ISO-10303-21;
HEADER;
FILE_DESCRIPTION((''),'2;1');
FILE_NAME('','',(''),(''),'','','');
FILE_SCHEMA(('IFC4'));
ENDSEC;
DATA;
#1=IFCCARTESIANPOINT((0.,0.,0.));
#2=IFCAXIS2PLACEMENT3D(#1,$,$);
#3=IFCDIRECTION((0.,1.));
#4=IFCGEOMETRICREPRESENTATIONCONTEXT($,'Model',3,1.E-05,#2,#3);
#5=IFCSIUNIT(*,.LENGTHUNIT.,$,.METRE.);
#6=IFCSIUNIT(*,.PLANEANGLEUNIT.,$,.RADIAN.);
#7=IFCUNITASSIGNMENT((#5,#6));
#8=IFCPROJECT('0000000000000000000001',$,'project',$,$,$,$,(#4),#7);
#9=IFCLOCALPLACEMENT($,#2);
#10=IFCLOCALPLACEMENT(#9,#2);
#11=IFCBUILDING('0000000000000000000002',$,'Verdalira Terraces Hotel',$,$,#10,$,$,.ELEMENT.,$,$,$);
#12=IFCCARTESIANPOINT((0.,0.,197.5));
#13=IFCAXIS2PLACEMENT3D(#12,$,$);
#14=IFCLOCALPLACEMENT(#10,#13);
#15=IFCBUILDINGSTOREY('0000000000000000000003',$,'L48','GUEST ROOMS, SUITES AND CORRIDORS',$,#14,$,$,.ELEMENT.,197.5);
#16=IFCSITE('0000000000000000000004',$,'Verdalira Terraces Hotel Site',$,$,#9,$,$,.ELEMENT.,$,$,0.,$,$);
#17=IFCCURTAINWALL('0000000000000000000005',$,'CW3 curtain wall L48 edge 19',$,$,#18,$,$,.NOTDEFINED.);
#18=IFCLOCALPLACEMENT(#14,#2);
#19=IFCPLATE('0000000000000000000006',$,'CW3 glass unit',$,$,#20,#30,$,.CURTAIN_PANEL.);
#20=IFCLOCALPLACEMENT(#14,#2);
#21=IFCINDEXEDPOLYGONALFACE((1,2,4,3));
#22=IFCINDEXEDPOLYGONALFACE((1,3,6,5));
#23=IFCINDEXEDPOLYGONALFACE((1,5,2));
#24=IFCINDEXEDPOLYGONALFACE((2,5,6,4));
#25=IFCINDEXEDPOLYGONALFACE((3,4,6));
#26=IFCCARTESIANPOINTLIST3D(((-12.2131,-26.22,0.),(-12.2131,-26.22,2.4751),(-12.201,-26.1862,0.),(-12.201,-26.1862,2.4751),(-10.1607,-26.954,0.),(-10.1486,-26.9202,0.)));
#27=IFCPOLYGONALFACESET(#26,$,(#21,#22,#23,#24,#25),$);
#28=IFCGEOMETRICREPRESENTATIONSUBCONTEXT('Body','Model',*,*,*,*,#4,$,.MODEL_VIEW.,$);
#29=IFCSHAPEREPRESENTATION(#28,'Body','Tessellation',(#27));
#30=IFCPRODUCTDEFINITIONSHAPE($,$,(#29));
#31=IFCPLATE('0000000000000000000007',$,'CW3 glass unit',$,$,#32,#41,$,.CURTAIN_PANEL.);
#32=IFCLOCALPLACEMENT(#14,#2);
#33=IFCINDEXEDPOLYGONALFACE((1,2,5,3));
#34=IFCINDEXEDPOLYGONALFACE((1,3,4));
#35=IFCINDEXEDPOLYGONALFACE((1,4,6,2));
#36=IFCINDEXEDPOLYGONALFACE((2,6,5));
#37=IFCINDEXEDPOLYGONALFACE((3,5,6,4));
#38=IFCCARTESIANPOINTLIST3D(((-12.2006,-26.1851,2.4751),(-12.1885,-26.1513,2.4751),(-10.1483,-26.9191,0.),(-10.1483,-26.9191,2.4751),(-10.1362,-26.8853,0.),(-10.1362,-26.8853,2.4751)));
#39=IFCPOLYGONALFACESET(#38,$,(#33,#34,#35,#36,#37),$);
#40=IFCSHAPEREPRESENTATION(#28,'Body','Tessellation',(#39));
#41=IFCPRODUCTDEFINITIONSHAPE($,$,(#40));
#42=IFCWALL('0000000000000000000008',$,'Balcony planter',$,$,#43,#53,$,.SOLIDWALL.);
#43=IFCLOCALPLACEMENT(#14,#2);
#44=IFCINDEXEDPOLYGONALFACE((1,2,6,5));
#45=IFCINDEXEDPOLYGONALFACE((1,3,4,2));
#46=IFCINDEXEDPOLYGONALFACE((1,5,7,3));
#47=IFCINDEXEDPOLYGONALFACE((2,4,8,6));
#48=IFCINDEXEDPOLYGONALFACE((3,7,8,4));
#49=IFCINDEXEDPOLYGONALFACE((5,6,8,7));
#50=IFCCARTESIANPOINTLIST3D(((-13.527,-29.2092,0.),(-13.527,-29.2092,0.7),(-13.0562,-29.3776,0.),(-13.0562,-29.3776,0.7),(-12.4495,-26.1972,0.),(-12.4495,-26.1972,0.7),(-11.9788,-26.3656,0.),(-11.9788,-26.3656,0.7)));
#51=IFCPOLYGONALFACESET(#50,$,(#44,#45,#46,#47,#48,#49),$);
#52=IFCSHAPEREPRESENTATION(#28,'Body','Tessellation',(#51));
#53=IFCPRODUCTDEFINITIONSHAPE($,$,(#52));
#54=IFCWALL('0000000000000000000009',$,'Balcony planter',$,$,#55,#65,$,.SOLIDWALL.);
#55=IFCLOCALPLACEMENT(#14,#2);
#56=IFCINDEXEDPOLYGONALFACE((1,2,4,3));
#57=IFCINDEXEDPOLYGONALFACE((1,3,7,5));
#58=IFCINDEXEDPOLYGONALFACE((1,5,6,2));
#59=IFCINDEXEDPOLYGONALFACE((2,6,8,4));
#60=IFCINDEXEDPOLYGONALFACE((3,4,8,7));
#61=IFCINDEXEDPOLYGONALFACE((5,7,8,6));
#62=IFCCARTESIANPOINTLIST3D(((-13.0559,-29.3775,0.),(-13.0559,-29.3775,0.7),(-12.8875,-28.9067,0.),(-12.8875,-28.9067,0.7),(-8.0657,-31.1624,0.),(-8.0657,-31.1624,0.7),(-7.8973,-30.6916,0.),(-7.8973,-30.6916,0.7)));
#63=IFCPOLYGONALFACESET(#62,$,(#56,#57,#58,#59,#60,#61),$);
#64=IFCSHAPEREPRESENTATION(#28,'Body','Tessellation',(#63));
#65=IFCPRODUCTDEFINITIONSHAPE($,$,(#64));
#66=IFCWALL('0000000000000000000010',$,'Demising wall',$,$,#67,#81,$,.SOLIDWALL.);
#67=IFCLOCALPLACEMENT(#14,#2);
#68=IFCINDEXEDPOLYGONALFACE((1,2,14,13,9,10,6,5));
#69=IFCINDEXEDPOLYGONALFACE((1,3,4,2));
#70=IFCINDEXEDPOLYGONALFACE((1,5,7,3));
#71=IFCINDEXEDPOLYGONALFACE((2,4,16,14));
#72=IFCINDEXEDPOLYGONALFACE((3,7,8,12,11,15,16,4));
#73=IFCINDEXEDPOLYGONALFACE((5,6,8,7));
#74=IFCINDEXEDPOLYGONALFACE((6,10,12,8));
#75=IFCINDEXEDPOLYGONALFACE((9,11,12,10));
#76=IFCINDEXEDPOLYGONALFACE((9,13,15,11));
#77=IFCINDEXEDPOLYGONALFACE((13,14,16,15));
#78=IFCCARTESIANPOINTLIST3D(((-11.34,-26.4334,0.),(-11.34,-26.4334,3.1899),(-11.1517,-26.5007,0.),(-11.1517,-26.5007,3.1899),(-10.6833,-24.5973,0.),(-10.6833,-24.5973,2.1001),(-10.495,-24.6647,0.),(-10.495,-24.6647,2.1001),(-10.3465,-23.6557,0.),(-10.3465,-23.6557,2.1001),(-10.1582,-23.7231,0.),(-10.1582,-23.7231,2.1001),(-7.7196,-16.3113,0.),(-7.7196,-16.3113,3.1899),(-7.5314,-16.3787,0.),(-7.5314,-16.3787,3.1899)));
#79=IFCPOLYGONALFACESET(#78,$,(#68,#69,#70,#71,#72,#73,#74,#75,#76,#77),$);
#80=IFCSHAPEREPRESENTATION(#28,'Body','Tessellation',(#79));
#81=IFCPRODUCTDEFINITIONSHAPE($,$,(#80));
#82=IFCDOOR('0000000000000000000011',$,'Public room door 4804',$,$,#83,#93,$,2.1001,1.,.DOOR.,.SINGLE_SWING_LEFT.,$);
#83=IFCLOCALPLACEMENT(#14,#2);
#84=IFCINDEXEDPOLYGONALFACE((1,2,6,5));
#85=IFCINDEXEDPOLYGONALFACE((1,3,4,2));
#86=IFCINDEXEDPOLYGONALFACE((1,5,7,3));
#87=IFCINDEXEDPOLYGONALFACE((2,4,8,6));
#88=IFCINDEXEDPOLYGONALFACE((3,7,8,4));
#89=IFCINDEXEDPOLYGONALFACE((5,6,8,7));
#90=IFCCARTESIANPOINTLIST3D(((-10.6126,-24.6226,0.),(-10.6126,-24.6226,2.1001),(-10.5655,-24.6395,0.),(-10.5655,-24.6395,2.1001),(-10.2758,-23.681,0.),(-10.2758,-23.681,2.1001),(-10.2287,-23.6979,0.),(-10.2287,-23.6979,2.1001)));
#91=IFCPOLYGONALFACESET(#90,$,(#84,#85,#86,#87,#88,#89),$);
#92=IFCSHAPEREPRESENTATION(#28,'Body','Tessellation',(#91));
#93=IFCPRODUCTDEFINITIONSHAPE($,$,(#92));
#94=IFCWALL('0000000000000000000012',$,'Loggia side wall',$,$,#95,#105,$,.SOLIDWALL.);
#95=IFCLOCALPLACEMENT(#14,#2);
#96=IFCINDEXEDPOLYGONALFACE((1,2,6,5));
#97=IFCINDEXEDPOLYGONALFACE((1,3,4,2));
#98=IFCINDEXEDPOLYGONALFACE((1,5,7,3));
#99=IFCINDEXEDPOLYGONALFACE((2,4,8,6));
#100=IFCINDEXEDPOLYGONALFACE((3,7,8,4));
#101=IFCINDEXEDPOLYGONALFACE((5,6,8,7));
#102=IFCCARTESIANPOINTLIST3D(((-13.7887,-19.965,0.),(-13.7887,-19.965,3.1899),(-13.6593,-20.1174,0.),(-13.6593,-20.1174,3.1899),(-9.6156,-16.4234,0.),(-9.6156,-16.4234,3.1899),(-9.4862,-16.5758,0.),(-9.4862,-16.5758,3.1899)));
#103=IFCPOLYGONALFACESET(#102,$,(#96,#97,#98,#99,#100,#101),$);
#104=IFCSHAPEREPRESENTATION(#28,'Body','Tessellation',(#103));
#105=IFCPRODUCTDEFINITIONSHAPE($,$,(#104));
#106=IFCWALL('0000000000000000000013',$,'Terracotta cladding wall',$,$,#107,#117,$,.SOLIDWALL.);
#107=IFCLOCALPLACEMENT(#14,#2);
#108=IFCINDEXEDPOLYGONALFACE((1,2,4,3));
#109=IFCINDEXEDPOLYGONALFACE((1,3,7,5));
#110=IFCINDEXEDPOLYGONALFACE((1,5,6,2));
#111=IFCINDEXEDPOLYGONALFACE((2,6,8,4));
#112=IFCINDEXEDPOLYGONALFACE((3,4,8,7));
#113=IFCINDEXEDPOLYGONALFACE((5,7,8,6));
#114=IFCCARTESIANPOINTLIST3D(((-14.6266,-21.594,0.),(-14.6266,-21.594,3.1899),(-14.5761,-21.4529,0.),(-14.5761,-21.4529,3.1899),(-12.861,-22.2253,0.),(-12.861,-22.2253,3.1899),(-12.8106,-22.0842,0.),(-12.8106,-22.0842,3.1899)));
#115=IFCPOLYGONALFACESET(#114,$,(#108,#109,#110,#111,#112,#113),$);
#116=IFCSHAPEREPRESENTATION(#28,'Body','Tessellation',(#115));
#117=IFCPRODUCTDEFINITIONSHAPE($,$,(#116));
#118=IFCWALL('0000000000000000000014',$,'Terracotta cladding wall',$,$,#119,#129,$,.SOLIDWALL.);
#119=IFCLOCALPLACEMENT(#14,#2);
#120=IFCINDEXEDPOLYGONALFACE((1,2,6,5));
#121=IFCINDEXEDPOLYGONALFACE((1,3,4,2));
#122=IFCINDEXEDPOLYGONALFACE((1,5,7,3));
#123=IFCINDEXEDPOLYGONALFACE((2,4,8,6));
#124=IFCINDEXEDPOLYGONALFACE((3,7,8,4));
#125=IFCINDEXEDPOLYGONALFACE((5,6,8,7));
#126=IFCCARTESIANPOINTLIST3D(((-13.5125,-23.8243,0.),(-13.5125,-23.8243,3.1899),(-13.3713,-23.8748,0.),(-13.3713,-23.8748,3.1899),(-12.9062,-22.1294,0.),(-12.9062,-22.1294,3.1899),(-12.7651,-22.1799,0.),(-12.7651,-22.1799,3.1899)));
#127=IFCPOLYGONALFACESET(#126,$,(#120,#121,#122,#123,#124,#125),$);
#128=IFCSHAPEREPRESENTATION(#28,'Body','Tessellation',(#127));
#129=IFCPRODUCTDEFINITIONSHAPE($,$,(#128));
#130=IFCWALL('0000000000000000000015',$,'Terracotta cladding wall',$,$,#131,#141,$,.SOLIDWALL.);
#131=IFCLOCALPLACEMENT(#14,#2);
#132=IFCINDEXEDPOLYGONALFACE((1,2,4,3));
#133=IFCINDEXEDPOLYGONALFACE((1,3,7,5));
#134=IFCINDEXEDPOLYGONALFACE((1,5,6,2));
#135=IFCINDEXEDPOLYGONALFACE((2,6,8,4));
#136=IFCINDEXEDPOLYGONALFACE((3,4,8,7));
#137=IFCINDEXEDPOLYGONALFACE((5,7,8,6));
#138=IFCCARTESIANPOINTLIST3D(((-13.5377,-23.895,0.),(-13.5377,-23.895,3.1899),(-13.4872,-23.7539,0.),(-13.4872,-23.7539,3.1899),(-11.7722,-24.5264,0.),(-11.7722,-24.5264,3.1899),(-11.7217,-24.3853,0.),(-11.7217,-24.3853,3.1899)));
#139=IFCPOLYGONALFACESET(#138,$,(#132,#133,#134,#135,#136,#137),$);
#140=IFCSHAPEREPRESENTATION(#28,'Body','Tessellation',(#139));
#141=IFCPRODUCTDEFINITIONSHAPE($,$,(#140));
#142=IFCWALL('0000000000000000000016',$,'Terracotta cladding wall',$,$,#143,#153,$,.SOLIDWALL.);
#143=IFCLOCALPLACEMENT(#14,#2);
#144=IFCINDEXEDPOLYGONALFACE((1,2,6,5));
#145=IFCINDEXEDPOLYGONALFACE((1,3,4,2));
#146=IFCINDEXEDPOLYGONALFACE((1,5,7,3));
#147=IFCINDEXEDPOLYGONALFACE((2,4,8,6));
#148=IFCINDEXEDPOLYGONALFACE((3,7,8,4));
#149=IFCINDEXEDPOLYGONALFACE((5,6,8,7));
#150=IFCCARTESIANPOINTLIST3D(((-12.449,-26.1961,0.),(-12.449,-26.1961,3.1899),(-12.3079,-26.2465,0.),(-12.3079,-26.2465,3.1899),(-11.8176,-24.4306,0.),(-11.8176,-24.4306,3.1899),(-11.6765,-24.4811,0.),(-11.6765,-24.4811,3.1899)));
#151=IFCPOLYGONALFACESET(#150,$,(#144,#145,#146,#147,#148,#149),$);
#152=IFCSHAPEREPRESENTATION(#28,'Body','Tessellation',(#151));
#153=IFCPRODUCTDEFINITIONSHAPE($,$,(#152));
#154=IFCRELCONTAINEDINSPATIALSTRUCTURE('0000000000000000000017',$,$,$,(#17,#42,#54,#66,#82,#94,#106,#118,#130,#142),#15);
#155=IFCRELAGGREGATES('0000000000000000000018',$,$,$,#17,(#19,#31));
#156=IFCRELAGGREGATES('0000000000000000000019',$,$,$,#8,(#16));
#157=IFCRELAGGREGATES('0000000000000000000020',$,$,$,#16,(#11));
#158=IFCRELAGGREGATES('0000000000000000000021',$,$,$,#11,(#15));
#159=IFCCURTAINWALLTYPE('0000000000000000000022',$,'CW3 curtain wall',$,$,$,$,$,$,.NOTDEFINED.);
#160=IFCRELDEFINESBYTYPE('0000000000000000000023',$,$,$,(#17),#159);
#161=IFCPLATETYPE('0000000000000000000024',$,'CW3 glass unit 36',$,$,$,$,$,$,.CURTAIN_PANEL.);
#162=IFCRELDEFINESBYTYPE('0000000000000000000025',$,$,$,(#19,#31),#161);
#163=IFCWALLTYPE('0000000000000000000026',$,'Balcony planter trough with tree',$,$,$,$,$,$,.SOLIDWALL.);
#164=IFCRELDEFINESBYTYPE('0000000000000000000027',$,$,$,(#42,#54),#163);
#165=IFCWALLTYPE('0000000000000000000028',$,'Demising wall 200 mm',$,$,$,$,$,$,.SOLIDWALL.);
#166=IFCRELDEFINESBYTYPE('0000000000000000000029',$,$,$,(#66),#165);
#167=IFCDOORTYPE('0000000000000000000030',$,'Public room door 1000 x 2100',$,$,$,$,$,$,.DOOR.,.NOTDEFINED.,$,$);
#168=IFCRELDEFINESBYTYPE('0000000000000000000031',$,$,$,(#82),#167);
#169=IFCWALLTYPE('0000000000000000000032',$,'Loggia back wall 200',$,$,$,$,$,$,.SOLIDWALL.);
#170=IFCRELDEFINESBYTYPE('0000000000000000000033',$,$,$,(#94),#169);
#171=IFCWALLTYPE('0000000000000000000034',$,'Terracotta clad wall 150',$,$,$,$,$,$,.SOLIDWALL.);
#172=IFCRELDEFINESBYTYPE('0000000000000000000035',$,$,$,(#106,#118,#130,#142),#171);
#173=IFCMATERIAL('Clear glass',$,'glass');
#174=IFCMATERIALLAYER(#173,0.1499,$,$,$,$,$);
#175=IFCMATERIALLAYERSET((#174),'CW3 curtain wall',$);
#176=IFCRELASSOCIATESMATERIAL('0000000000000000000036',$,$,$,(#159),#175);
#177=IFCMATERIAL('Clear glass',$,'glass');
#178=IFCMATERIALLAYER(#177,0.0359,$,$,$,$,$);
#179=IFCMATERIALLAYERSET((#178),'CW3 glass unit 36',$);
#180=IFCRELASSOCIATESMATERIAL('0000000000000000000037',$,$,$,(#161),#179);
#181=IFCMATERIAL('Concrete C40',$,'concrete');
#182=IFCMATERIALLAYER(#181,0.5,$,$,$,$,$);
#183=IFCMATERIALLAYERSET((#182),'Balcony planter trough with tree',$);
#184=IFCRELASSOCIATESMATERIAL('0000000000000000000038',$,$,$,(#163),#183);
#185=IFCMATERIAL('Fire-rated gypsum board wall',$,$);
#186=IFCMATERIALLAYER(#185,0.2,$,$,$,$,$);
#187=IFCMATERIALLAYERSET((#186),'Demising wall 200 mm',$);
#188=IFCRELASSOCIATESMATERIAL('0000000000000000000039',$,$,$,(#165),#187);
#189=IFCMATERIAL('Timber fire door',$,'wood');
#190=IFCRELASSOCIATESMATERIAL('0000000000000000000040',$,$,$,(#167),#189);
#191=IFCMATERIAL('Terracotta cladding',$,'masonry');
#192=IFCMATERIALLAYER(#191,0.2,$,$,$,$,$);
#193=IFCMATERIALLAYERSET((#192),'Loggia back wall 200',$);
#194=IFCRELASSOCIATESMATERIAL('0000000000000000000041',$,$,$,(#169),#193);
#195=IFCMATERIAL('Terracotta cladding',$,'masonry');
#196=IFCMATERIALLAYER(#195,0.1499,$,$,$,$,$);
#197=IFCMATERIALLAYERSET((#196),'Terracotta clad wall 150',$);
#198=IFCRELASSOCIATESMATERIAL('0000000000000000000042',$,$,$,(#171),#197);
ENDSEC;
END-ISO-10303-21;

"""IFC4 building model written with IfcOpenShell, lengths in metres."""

from ifc_helpers import new_model, si_unit, direction, frame, frame_2d, origin, place, context, subcontext, project, spatial, polyline, rectangle, outline, extrude, material, layer, layer_set, type_object, element, fill, aggregate, save


model = new_model("IFC4")

# Units and contexts
model_context = context("Model", 3, precision=1e-05, world=origin(), true_north=direction((0.0, 1.0)))
body_context = subcontext(model_context, "Body", "Model", "MODEL_VIEW")
ifc_project = project(units=[si_unit("LENGTHUNIT", "METRE"), si_unit("PLANEANGLEUNIT", "RADIAN")], contexts=[model_context])

# Site, building, storey
site_placement = place(None, origin())
site = spatial("IfcSite", under=ifc_project, at=site_placement, Name="Verdalira Terraces Hotel Site", CompositionType="ELEMENT", RefElevation=0.0)
building_placement = place(site_placement, origin())
building = spatial("IfcBuilding", under=site, at=building_placement, Name="Verdalira Terraces Hotel", CompositionType="ELEMENT")
storey_placement = place(building_placement, frame((0.0, 0.0, 197.5)))
storey = spatial("IfcBuildingStorey", under=building, at=storey_placement, Name="L48", Description="GUEST ROOMS, SUITES AND CORRIDORS", CompositionType="ELEMENT", Elevation=197.5)

# Curtain wall
ifc_material_1 = material(Name="Clear glass", Category="glass")
ifc_layer_1 = layer(ifc_material_1, 0.1499)
ifc_layer_set_1 = layer_set([ifc_layer_1], Name="CW3 curtain wall")
curtain_wall_type_1 = type_object("IfcCurtainWallType", Name="CW3 curtain wall", PredefinedType="NOTDEFINED", material=ifc_layer_set_1)
curtain_wall_1_placement = place(storey_placement, origin())
curtain_wall_1 = element("IfcCurtainWall", 1, at=curtain_wall_1_placement, inside=storey, type_object=curtain_wall_type_1, Name="CW3 curtain wall L48 edge 19", PredefinedType="NOTDEFINED")

# Plates
ifc_material_2 = material(Name="Clear glass", Category="glass")
ifc_layer_2 = layer(ifc_material_2, 0.0359)
ifc_layer_set_2 = layer_set([ifc_layer_2], Name="CW3 glass unit 36")
plate_type_1 = type_object("IfcPlateType", Name="CW3 glass unit 36", PredefinedType="CURTAIN_PANEL", material=ifc_layer_set_2)
plate_1_placement = place(storey_placement, frame((-11.1748, -26.5532, 1.2375), z_axis=(-0.336767, -0.941588, 0.0), x_axis=(0.941588, -0.336767, 0.0)))
plate_1 = element("IfcPlate", 2, at=plate_1_placement, type_object=plate_type_1, Name="CW3 glass unit", PredefinedType="CURTAIN_PANEL", context=body_context, shape_type="SweptSolid", body=[
    extrude(outline(polyline([(-1.0898, -1.2375), (1.0898, -1.2375), (-1.0898, 1.2375), (-1.0898, -1.2375)])), origin(), (0.0, 0.0, 1.0), 0.0359),
])
plate_2_placement = place(storey_placement, frame((-11.1624, -26.5183, 1.2375), z_axis=(-0.336767, -0.941588, 0.0), x_axis=(0.941588, -0.336767, 0.0)))
plate_2 = element("IfcPlate", 3, at=plate_2_placement, type_object=plate_type_1, Name="CW3 glass unit", PredefinedType="CURTAIN_PANEL", context=body_context, shape_type="SweptSolid", body=[
    extrude(outline(polyline([(1.0898, -1.2375), (1.0898, 1.2375), (-1.0898, 1.2375), (1.0898, -1.2375)])), origin(), (0.0, 0.0, 1.0), 0.0359),
])
aggregate(curtain_wall_1, [plate_1, plate_2])

# Walls
ifc_material_3 = material(Name="Concrete C40", Category="concrete")
ifc_layer_3 = layer(ifc_material_3, 0.5)
ifc_layer_set_3 = layer_set([ifc_layer_3], Name="Balcony planter trough with tree")
wall_type_1 = type_object("IfcWallType", Name="Balcony planter trough with tree", PredefinedType="SOLIDWALL", material=ifc_layer_set_3)
wall_1_placement = place(storey_placement, frame((-12.2141, -26.2812, 0.0), z_axis=(0.0, 0.0, 1.0), x_axis=(-0.336805, -0.941574, 0.0)))
element("IfcWall", 4, at=wall_1_placement, inside=storey, type_object=wall_type_1, Name="Balcony planter", PredefinedType="SOLIDWALL", context=body_context, shape_type="SweptSolid", body=[
    extrude(rectangle(XDim=3.199, YDim=0.5, at=frame_2d((1.5996, 0.0))), origin(), (0.0, 0.0, 1.0), 0.7),
])
wall_2_placement = place(storey_placement, frame((-12.9717, -29.1421, 0.0), z_axis=(0.0, 0.0, 1.0), x_axis=(0.941581, -0.336786, 0.0)))
element("IfcWall", 5, at=wall_2_placement, inside=storey, type_object=wall_type_1, Name="Balcony planter", PredefinedType="SOLIDWALL", context=body_context, shape_type="SweptSolid", body=[
    extrude(rectangle(XDim=5.2998, YDim=0.5, at=frame_2d((2.6499, 0.0))), origin(), (0.0, 0.0, 1.0), 0.7),
])

# Wall, opening, door
ifc_material_4 = material(Name="Fire-rated gypsum board wall")
ifc_layer_4 = layer(ifc_material_4, 0.2)
ifc_layer_set_4 = layer_set([ifc_layer_4], Name="Demising wall 200 mm")
wall_type_2 = type_object("IfcWallType", Name="Demising wall 200 mm", PredefinedType="SOLIDWALL", material=ifc_layer_set_4)
wall_3_placement = place(storey_placement, frame((-11.2459, -26.467, 0.0), z_axis=(0.0, 0.0, 1.0), x_axis=(0.336777, 0.941585, 0.0)))
wall_3 = element("IfcWall", 6, at=wall_3_placement, inside=storey, type_object=wall_type_2, Name="Demising wall", PredefinedType="SOLIDWALL", context=body_context, shape_type="SweptSolid", body=[
    extrude(rectangle(XDim=10.75, YDim=0.2, at=frame_2d((5.375, 0.0))), origin(), (0.0, 0.0, 1.0), 3.1899),
])
opening_placement = place(wall_3_placement, frame((1.95, 0.0, 0.0)))
opening = element("IfcOpeningElement", 7, at=opening_placement, cuts=wall_3, PredefinedType="OPENING", context=body_context, shape_type="SweptSolid", body=[
    extrude(rectangle(XDim=1.0, YDim=2.1001, at=frame_2d((0.5, 1.05))), frame((0.0, 0.1099, 0.0), z_axis=(0.0, -1.0, 0.0), x_axis=(1.0, 0.0, 0.0)), (0.0, 0.0, 1.0), 0.22),
])
ifc_material_5 = material(Name="Timber fire door", Category="wood")
door_type = type_object("IfcDoorType", Name="Public room door 1000 x 2100", OperationType="NOTDEFINED", PredefinedType="DOOR", material=ifc_material_5)
door_placement = place(opening_placement, origin())
door = element("IfcDoor", 8, at=door_placement, inside=storey, type_object=door_type, Name="Public room door 4804", OperationType="SINGLE_SWING_LEFT", OverallHeight=2.1001, OverallWidth=1.0, PredefinedType="DOOR", context=body_context, shape_type="SweptSolid", body=[
    extrude(rectangle(XDim=1.0, YDim=2.1001, at=frame_2d((0.5, 1.05))), frame((0.0, 0.0249, 0.0), z_axis=(0.0, -1.0, 0.0), x_axis=(1.0, 0.0, 0.0)), (0.0, 0.0, 1.0), 0.05),
])
fill(opening, door)

# Walls
ifc_material_6 = material(Name="Terracotta cladding", Category="masonry")
ifc_layer_5 = layer(ifc_material_6, 0.2)
ifc_layer_set_5 = layer_set([ifc_layer_5], Name="Loggia back wall 200")
wall_type_3 = type_object("IfcWallType", Name="Loggia back wall 200", PredefinedType="SOLIDWALL", material=ifc_layer_set_5)
wall_4_placement = place(storey_placement, frame((-13.7241, -20.0413, 0.0), z_axis=(0.0, 0.0, 1.0), x_axis=(0.762446, 0.647051, 0.0)))
element("IfcWall", 9, at=wall_4_placement, inside=storey, type_object=wall_type_3, Name="Loggia side wall", PredefinedType="SOLIDWALL", context=body_context, shape_type="SweptSolid", body=[
    extrude(rectangle(XDim=5.4734, YDim=0.2, at=frame_2d((2.7368, 0.0))), origin(), (0.0, 0.0, 1.0), 3.1899),
])
ifc_material_7 = material(Name="Terracotta cladding", Category="masonry")
ifc_layer_6 = layer(ifc_material_7, 0.1499)
ifc_layer_set_6 = layer_set([ifc_layer_6], Name="Terracotta clad wall 150")
wall_type_4 = type_object("IfcWallType", Name="Terracotta clad wall 150", PredefinedType="SOLIDWALL", material=ifc_layer_set_6)
wall_5_placement = place(storey_placement, frame((-14.6013, -21.5234, 0.0), z_axis=(0.0, 0.0, 1.0), x_axis=(0.941612, -0.336699, 0.0)))
element("IfcWall", 10, at=wall_5_placement, inside=storey, type_object=wall_type_4, Name="Terracotta cladding wall", PredefinedType="SOLIDWALL", context=body_context, shape_type="SweptSolid", body=[
    extrude(rectangle(XDim=1.875, YDim=0.1499, at=frame_2d((0.9375, 0.0))), origin(), (0.0, 0.0, 1.0), 3.1899),
])
wall_6_placement = place(storey_placement, frame((-12.8357, -22.1548, 0.0), z_axis=(0.0, 0.0, 1.0), x_axis=(-0.336783, -0.941582, 0.0)))
element("IfcWall", 11, at=wall_6_placement, inside=storey, type_object=wall_type_4, Name="Terracotta cladding wall", PredefinedType="SOLIDWALL", context=body_context, shape_type="SweptSolid", body=[
    extrude(rectangle(XDim=1.8, YDim=0.1499, at=frame_2d((0.8999, 0.0))), origin(), (0.0, 0.0, 1.0), 3.1899),
])
for number, where, z_axis, x_axis, name in (
    (12, (-13.5125, -23.8245, 0.0), (0.0, 0.0, 1.0), (0.941597, -0.336741, 0.0), "Terracotta cladding wall"),
    (13, (-11.7471, -24.4558, 0.0), (0.0, 0.0, 1.0), (-0.336741, -0.941597, 0.0), "Terracotta cladding wall"),
):
    element("IfcWall", number, at=place(storey_placement, frame(where, z_axis=z_axis, x_axis=x_axis)), inside=storey, type_object=wall_type_4, Name=name, PredefinedType="SOLIDWALL", context=body_context, shape_type="SweptSolid", body=[
        extrude(rectangle(XDim=1.875, YDim=0.1499, at=frame_2d((0.9375, 0.0))), origin(), (0.0, 0.0, 1.0), 3.1899),
    ])

save(model, "model.ifc")
